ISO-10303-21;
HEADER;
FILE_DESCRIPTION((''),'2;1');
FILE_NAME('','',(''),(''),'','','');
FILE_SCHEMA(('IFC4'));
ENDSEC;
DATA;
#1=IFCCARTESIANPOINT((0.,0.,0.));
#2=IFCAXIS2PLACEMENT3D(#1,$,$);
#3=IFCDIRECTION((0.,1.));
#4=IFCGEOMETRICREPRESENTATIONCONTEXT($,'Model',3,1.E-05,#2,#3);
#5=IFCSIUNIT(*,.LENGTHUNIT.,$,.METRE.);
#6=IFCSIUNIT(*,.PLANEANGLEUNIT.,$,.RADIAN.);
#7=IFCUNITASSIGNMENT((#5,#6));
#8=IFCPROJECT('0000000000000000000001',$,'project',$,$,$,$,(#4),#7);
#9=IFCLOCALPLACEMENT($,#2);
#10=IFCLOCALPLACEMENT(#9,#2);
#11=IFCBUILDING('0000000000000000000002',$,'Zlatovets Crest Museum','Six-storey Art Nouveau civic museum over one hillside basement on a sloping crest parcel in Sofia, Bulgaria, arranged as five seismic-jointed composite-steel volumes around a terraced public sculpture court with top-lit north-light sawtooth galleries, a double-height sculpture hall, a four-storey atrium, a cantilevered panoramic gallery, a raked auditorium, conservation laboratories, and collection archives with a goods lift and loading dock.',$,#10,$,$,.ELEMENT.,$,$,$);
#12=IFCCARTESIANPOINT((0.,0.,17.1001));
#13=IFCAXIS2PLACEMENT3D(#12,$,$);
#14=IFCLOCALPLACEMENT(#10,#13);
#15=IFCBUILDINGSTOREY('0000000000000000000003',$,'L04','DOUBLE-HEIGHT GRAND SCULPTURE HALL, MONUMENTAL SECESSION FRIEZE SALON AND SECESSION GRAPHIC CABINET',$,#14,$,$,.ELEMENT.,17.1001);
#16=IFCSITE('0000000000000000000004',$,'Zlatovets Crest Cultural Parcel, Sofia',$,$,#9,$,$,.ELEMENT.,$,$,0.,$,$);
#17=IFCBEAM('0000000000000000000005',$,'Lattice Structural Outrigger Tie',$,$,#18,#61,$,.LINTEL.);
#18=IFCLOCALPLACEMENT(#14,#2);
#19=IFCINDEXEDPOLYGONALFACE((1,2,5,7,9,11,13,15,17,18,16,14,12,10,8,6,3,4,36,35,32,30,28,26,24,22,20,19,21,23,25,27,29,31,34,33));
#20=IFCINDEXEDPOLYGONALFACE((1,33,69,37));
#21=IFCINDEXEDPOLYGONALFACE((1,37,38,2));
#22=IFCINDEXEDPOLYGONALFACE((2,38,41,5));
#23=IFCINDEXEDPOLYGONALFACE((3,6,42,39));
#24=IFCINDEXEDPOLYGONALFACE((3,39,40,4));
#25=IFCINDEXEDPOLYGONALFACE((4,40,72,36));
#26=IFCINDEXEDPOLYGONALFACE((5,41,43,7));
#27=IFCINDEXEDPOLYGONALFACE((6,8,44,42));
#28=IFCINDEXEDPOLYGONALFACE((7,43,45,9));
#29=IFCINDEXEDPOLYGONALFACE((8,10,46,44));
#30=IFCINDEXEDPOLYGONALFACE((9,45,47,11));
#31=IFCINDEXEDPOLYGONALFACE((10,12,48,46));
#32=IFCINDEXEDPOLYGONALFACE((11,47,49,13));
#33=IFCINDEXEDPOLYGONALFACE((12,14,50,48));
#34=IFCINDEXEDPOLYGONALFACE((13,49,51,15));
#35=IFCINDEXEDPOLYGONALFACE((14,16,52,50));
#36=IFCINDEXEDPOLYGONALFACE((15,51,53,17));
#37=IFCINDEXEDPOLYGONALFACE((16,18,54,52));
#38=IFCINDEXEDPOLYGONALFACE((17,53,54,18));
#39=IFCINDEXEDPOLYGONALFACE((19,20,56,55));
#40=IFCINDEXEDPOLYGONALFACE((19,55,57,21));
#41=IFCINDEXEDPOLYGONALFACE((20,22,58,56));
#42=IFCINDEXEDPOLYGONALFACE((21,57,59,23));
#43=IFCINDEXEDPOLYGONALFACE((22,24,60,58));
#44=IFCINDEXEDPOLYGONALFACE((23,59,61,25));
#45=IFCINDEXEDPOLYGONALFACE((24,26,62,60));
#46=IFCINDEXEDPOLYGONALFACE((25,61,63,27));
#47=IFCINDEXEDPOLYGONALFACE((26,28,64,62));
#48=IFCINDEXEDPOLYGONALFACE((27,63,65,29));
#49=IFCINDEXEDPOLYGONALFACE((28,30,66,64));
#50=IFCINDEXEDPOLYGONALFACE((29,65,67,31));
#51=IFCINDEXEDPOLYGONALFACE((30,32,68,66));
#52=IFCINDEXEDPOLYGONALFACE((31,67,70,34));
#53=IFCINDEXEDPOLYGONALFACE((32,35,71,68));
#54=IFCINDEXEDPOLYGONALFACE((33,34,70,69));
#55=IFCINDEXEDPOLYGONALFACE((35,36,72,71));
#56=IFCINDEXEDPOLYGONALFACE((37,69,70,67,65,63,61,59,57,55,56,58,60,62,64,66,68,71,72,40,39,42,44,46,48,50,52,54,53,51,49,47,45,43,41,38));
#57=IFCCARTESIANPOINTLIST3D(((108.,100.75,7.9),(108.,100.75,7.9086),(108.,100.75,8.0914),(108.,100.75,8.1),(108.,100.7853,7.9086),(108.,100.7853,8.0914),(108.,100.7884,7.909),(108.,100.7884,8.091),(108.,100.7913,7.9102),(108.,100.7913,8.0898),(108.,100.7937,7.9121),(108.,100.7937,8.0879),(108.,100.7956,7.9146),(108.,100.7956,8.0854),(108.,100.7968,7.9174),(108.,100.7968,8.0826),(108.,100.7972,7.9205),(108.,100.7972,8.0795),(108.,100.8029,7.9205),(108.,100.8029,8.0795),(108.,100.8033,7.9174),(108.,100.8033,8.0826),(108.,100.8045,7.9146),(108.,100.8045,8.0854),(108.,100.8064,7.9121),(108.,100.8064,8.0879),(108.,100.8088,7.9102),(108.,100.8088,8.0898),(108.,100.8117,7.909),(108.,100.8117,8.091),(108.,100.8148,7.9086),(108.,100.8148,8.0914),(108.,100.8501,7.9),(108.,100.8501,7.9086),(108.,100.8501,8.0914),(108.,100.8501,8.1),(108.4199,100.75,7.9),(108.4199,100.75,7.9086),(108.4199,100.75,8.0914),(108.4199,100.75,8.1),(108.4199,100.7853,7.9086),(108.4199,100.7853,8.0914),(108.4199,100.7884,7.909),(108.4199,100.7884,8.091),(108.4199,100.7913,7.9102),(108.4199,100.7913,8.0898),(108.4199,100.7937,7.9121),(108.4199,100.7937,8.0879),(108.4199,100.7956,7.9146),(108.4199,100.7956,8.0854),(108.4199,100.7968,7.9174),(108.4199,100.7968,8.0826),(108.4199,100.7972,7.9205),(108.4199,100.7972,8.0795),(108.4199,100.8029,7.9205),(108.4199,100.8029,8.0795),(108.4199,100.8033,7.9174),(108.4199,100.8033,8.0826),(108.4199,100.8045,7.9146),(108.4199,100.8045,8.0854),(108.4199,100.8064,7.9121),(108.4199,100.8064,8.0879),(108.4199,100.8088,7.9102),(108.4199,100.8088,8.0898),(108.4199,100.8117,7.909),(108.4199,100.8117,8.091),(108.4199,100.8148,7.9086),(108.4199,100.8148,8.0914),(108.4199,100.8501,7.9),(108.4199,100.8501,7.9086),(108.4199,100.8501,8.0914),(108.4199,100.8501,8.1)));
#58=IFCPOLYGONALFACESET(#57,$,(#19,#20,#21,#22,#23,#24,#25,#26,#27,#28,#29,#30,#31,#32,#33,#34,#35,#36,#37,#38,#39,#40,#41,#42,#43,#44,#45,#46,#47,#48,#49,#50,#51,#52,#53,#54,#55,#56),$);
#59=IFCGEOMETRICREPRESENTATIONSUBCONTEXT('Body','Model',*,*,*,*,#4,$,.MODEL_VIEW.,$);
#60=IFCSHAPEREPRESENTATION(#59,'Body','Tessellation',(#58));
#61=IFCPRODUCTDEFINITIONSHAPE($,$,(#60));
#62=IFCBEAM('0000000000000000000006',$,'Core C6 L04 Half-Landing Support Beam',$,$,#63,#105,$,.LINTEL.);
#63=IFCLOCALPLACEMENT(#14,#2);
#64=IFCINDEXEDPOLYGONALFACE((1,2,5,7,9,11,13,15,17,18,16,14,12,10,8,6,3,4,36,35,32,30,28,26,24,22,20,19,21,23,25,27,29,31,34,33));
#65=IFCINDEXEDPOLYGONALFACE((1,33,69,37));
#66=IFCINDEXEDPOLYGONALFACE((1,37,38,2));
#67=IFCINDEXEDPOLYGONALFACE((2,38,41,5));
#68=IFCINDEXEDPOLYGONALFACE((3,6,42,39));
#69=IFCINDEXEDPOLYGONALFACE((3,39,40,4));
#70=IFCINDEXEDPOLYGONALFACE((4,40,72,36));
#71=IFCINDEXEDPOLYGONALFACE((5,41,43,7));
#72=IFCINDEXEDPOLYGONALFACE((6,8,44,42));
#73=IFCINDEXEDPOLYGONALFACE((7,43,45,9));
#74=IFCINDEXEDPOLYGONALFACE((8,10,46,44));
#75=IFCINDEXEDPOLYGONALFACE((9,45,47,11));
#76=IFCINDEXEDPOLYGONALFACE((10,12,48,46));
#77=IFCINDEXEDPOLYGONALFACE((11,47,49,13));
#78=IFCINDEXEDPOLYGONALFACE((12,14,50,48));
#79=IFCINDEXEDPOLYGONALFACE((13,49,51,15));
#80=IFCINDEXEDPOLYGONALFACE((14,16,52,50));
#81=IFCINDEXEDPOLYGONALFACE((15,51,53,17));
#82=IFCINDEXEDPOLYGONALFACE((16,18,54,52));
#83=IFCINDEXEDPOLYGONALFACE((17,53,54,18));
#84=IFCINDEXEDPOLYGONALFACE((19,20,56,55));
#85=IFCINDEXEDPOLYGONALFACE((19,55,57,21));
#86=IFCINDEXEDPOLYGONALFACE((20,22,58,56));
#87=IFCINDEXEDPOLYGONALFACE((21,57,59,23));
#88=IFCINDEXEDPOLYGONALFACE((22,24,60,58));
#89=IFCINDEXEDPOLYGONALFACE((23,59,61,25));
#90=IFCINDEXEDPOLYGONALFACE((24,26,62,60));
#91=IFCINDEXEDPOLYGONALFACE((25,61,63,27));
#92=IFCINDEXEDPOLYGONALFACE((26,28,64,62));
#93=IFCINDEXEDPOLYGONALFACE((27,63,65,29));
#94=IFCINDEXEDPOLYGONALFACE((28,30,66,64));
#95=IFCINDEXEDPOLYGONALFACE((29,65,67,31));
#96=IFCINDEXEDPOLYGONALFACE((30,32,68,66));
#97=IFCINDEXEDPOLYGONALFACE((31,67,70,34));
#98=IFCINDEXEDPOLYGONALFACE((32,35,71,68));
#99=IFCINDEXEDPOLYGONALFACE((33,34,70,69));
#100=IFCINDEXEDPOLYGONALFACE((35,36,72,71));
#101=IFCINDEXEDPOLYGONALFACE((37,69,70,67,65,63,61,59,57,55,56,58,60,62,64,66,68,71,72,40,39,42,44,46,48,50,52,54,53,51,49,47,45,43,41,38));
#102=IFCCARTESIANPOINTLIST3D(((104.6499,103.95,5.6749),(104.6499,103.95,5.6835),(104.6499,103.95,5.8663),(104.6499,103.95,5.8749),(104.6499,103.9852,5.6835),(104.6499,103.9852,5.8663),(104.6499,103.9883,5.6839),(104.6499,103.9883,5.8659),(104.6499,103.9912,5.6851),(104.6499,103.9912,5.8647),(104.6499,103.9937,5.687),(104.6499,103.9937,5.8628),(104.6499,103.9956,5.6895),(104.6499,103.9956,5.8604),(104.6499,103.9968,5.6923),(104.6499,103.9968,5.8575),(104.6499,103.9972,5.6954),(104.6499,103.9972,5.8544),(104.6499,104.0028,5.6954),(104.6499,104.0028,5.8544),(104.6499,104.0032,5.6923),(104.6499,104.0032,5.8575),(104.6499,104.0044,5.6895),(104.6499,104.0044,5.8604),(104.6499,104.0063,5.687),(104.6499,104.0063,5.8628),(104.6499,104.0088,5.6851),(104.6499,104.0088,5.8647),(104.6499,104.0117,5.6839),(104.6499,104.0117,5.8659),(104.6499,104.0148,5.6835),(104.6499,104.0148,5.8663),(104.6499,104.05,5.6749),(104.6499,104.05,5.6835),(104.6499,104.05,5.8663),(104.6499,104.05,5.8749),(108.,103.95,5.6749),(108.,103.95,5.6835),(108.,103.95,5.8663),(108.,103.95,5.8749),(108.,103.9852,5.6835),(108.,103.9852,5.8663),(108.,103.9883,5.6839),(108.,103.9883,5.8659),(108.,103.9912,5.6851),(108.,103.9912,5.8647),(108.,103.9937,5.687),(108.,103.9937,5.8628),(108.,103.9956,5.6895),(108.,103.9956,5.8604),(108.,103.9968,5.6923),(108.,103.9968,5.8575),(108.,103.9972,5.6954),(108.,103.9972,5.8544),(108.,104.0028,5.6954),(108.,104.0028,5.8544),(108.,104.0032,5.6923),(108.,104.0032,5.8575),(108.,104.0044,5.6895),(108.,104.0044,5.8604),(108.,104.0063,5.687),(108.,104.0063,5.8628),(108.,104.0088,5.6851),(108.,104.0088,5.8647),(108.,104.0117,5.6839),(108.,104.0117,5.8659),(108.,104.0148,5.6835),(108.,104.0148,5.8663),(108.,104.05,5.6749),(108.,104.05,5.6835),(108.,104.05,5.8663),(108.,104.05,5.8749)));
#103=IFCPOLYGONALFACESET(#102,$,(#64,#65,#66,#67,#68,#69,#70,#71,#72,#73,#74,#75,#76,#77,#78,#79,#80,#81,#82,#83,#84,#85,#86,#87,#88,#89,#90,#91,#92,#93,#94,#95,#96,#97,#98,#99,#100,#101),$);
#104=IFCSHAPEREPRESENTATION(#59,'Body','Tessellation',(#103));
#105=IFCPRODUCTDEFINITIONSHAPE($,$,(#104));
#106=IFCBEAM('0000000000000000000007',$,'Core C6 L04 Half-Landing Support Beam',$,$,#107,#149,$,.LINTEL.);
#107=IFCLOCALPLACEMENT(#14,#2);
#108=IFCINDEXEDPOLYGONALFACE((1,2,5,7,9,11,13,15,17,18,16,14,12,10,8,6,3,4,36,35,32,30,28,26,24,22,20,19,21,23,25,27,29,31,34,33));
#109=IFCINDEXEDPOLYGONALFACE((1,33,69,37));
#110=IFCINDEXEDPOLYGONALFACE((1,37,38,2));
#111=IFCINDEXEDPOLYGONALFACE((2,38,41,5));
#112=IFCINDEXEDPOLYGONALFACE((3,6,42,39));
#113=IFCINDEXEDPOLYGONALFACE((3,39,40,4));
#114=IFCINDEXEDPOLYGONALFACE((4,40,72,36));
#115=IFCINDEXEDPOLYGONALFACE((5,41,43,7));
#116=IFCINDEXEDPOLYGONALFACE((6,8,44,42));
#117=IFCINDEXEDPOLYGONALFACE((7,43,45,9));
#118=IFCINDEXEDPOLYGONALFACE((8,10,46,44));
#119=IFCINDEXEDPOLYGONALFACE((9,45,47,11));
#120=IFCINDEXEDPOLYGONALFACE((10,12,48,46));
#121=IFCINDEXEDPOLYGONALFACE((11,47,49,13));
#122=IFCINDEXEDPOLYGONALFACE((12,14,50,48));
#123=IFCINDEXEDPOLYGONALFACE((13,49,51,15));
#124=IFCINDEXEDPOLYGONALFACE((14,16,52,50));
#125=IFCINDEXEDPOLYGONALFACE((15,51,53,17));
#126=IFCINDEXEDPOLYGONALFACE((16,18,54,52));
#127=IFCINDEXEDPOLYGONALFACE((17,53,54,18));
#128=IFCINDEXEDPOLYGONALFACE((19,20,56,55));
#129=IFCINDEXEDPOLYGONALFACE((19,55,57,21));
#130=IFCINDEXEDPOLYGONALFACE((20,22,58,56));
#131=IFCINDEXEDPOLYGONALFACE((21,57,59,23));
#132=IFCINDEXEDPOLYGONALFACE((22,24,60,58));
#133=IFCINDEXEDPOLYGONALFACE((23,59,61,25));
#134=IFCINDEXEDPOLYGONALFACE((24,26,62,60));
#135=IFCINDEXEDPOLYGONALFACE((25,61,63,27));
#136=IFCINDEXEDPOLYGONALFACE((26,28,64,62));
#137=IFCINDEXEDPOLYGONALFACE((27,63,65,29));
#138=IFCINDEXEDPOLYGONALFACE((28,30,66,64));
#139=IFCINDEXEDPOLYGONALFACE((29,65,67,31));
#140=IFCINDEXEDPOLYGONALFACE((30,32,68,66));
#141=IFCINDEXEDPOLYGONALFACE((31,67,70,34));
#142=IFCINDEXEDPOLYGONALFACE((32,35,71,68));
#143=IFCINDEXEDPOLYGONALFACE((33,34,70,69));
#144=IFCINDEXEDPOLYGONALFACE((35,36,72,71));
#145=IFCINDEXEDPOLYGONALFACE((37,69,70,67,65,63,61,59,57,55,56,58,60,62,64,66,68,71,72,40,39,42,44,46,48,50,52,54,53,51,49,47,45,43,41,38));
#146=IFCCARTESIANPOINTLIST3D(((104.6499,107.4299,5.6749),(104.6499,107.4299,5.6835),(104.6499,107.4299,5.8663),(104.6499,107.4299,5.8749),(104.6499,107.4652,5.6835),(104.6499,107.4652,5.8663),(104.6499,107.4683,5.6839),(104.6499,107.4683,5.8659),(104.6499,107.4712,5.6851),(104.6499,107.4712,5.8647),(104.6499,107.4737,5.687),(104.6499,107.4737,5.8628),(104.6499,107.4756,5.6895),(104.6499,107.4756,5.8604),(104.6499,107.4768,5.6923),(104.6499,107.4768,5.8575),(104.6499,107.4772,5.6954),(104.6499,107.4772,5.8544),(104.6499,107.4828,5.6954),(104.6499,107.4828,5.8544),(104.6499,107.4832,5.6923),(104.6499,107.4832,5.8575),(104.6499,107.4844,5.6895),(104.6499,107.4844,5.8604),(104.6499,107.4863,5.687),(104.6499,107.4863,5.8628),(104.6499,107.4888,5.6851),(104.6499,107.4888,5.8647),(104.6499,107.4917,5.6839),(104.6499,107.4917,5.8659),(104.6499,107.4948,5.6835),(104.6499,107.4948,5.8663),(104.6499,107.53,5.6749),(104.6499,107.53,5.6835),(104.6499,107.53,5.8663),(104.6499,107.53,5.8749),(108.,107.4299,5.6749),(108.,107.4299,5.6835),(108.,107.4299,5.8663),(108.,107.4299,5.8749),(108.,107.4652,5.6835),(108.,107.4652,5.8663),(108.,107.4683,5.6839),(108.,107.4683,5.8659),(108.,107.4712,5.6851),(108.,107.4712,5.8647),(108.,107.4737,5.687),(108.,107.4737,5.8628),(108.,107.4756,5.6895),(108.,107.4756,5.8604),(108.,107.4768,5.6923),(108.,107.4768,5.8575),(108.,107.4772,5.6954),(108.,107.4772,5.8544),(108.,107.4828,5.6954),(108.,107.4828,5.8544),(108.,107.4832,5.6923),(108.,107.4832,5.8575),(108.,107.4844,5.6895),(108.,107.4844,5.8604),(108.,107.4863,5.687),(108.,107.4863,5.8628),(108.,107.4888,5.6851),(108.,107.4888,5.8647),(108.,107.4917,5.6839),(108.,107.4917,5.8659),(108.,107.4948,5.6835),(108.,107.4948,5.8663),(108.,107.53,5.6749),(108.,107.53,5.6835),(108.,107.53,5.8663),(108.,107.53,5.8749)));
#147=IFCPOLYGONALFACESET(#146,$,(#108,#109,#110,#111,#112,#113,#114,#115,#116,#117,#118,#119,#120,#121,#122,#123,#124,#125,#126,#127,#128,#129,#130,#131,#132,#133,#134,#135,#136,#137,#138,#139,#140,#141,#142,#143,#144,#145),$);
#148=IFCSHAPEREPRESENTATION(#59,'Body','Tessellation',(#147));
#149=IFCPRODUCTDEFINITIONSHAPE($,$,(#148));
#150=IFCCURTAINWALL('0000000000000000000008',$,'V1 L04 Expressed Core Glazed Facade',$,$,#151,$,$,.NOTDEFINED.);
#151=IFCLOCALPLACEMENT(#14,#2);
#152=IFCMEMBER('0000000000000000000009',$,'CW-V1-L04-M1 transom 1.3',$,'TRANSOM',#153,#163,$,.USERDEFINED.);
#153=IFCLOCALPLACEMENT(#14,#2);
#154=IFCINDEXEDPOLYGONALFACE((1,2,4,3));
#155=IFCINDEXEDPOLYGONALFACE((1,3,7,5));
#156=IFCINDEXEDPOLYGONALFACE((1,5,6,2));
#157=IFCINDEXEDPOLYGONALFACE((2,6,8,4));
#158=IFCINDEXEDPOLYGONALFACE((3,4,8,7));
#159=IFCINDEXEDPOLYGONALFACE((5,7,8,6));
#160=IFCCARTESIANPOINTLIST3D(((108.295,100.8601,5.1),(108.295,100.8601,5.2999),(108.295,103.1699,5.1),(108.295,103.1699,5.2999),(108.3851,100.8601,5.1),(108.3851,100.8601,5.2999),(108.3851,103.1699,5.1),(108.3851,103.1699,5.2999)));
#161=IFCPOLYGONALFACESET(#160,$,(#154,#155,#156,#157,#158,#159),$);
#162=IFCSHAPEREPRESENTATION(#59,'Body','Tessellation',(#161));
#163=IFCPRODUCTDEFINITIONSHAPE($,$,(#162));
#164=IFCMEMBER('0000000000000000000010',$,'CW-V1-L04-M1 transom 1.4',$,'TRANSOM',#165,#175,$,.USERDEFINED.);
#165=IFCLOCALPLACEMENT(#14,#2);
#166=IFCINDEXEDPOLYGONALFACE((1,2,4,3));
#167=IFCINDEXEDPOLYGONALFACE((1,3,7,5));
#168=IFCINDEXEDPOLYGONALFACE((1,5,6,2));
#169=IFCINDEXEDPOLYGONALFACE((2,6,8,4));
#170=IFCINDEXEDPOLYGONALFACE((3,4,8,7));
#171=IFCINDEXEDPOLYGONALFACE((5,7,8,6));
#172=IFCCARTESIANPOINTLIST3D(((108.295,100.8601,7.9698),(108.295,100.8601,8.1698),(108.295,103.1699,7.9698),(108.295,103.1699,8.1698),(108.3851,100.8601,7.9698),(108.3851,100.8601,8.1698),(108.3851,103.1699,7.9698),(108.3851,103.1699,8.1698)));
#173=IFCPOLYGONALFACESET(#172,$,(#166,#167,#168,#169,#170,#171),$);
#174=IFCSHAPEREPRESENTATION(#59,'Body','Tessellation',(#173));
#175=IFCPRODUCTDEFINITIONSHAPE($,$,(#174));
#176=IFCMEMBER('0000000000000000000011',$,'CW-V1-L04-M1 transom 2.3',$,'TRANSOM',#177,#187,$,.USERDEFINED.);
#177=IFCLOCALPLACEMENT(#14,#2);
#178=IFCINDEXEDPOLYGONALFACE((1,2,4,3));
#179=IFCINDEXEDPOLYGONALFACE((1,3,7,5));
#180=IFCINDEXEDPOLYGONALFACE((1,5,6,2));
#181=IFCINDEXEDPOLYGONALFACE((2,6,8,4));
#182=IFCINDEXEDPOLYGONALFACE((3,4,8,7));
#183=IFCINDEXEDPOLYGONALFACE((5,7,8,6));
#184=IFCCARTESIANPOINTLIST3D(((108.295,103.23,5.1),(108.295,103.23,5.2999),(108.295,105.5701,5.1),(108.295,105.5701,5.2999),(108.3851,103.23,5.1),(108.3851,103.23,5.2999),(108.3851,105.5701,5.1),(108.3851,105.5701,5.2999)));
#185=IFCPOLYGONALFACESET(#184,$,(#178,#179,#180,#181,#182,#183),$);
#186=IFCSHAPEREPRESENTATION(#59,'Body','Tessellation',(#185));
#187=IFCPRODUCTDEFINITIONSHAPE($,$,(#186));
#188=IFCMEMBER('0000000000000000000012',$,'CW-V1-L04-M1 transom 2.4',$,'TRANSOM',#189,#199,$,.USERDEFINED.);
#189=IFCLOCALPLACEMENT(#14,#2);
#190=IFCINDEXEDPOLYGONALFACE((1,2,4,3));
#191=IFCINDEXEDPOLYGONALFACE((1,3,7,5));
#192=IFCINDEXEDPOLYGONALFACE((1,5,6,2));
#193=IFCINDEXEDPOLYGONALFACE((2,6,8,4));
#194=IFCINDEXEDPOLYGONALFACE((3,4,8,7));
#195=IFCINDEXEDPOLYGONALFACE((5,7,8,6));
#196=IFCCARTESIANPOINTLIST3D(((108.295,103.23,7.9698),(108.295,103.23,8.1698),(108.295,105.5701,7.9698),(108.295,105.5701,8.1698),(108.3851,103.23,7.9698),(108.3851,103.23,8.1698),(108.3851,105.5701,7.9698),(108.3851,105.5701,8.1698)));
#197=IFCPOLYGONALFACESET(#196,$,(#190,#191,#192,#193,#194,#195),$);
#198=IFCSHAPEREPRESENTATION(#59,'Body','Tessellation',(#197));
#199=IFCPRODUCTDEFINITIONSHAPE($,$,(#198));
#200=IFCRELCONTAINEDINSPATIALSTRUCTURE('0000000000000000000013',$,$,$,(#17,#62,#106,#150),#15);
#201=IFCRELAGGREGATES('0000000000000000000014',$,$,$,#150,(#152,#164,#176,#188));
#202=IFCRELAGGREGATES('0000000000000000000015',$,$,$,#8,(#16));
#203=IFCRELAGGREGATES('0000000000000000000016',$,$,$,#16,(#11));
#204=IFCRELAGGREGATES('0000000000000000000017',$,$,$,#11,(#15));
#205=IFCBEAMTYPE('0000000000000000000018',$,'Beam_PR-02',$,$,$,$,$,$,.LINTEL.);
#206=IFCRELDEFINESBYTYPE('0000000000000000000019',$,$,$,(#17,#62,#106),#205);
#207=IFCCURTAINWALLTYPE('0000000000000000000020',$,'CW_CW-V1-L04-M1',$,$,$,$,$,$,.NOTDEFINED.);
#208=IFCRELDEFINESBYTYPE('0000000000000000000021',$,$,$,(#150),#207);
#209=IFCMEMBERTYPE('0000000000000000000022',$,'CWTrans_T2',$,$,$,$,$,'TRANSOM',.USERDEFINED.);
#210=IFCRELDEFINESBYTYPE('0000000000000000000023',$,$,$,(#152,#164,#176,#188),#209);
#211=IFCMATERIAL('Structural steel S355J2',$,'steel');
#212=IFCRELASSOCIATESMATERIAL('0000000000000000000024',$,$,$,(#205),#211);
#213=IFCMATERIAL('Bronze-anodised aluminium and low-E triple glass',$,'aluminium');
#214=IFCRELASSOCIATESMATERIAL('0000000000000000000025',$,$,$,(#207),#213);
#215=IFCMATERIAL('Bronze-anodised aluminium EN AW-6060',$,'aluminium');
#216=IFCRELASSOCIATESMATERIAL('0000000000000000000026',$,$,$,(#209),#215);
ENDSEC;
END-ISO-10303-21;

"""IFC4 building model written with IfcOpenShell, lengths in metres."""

from ifc_helpers import new_model, si_unit, direction, frame, origin, origin_2d, place, context, subcontext, project, spatial, rectangle, i_section, extrude, material, material_profile, profile_set, type_object, element, aggregate, save


model = new_model("IFC4")

# Units and contexts
model_context = context("Model", 3, precision=1e-05, world=origin(), true_north=direction((0.0, 1.0)))
body_context = subcontext(model_context, "Body", "Model", "MODEL_VIEW")
ifc_project = project(units=[si_unit("LENGTHUNIT", "METRE"), si_unit("PLANEANGLEUNIT", "RADIAN")], contexts=[model_context])

# Site, building, storey
site_placement = place(None, origin())
site = spatial("IfcSite", under=ifc_project, at=site_placement, Name="Zlatovets Crest Cultural Parcel, Sofia", CompositionType="ELEMENT", RefElevation=0.0)
building_placement = place(site_placement, origin())
building = spatial("IfcBuilding", under=site, at=building_placement, Name="Zlatovets Crest Museum", Description="Six-storey Art Nouveau civic museum over one hillside basement on a sloping crest parcel in Sofia, Bulgaria, arranged as five seismic-jointed composite-steel volumes around a terraced public sculpture court with top-lit north-light sawtooth galleries, a double-height sculpture hall, a four-storey atrium, a cantilevered panoramic gallery, a raked auditorium, conservation laboratories, and collection archives with a goods lift and loading dock.", CompositionType="ELEMENT")
storey_placement = place(building_placement, frame((0.0, 0.0, 17.1001)))
storey = spatial("IfcBuildingStorey", under=building, at=storey_placement, Name="L04", Description="DOUBLE-HEIGHT GRAND SCULPTURE HALL, MONUMENTAL SECESSION FRIEZE SALON AND SECESSION GRAPHIC CABINET", CompositionType="ELEMENT", Elevation=17.1001)

# Beams
ifc_material_1 = material(Name="Structural steel S355J2", Category="steel")
ifc_material_profile_1 = material_profile(ifc_material_1, i_section(OverallWidth=0.1001, OverallDepth=0.2, WebThickness=0.0056, FlangeThickness=0.0085, FilletRadius=0.012, at=origin_2d()), Name="IPE 200")
ifc_profile_set_1 = profile_set([ifc_material_profile_1], Name="Structural steel S355J2")
beam_type = type_object("IfcBeamType", Name="Beam_PR-02", PredefinedType="LINTEL", material=ifc_profile_set_1)
beam_placement = place(storey_placement, frame((108.0, 100.8, 8.0), z_axis=(1.0, 0.0, 0.0), x_axis=(0.0, 1.0, 0.0)))
element("IfcBeam", 1, at=beam_placement, inside=storey, type_object=beam_type, Name="Lattice Structural Outrigger Tie", PredefinedType="LINTEL", context=body_context, shape_type="SweptSolid", body=[
    extrude(i_section(OverallWidth=0.1001, OverallDepth=0.2, WebThickness=0.0056, FlangeThickness=0.0085, FilletRadius=0.012, at=origin_2d()), origin(), (0.0, 0.0, 1.0), 0.4199),
])
for number, where, z_axis, x_axis, name in (
    (2, (104.6499, 104.0, 5.7749), (1.0, 0.0, 0.0), (0.0, 1.0, 0.0), "Core C6 L04 Half-Landing Support Beam"),
    (3, (104.6499, 107.48, 5.7749), (1.0, 0.0, 0.0), (0.0, 1.0, 0.0), "Core C6 L04 Half-Landing Support Beam"),
):
    element("IfcBeam", number, at=place(storey_placement, frame(where, z_axis=z_axis, x_axis=x_axis)), inside=storey, type_object=beam_type, Name=name, PredefinedType="LINTEL", context=body_context, shape_type="SweptSolid", body=[
        extrude(i_section(OverallWidth=0.1001, OverallDepth=0.2, WebThickness=0.0056, FlangeThickness=0.0085, FilletRadius=0.012, at=origin_2d()), origin(), (0.0, 0.0, 1.0), 3.3501),
    ])

# Curtain wall, members
ifc_material_2 = material(Name="Bronze-anodised aluminium and low-E triple glass", Category="aluminium")
curtain_wall_type = type_object("IfcCurtainWallType", Name="CW_CW-V1-L04-M1", PredefinedType="NOTDEFINED", material=ifc_material_2)
curtain_wall_placement = place(storey_placement, origin())
curtain_wall = element("IfcCurtainWall", 4, at=curtain_wall_placement, inside=storey, type_object=curtain_wall_type, Name="V1 L04 Expressed Core Glazed Facade", PredefinedType="NOTDEFINED")
ifc_material_3 = material(Name="Bronze-anodised aluminium EN AW-6060", Category="aluminium")
ifc_material_profile_2 = material_profile(ifc_material_3, rectangle(XDim=0.0901, YDim=0.2, at=origin_2d()), Name="ALU 90x200")
ifc_profile_set_2 = profile_set([ifc_material_profile_2], Name="Bronze-anodised aluminium EN AW-6060")
member_type_1 = type_object("IfcMemberType", Name="CWTrans_T2", ElementType="TRANSOM", PredefinedType="USERDEFINED", material=ifc_profile_set_2)
member_1_placement = place(storey_placement, frame((108.3401, 100.8601, 5.2), z_axis=(0.0, 1.0, 0.0), x_axis=(-1.0, 0.0, 0.0)))
member_1 = element("IfcMember", 5, at=member_1_placement, type_object=member_type_1, Name="CW-V1-L04-M1 transom 1.3", ObjectType="TRANSOM", PredefinedType="USERDEFINED", context=body_context, shape_type="SweptSolid", body=[
    extrude(rectangle(XDim=0.0901, YDim=0.2, at=origin_2d()), origin(), (0.0, 0.0, 1.0), 2.3098),
])
member_2_placement = place(storey_placement, frame((108.3401, 100.8601, 8.0698), z_axis=(0.0, 1.0, 0.0), x_axis=(-1.0, 0.0, 0.0)))
member_2 = element("IfcMember", 6, at=member_2_placement, type_object=member_type_1, Name="CW-V1-L04-M1 transom 1.4", ObjectType="TRANSOM", PredefinedType="USERDEFINED", context=body_context, shape_type="SweptSolid", body=[
    extrude(rectangle(XDim=0.0901, YDim=0.2, at=origin_2d()), origin(), (0.0, 0.0, 1.0), 2.3098),
])
member_3_placement = place(storey_placement, frame((108.3401, 103.23, 5.2), z_axis=(0.0, 1.0, 0.0), x_axis=(-1.0, 0.0, 0.0)))
member_3 = element("IfcMember", 7, at=member_3_placement, type_object=member_type_1, Name="CW-V1-L04-M1 transom 2.3", ObjectType="TRANSOM", PredefinedType="USERDEFINED", context=body_context, shape_type="SweptSolid", body=[
    extrude(rectangle(XDim=0.0901, YDim=0.2, at=origin_2d()), origin(), (0.0, 0.0, 1.0), 2.3401),
])
member_4_placement = place(storey_placement, frame((108.3401, 103.23, 8.0698), z_axis=(0.0, 1.0, 0.0), x_axis=(-1.0, 0.0, 0.0)))
member_4 = element("IfcMember", 8, at=member_4_placement, type_object=member_type_1, Name="CW-V1-L04-M1 transom 2.4", ObjectType="TRANSOM", PredefinedType="USERDEFINED", context=body_context, shape_type="SweptSolid", body=[
    extrude(rectangle(XDim=0.0901, YDim=0.2, at=origin_2d()), origin(), (0.0, 0.0, 1.0), 2.3401),
])

aggregate(curtain_wall, [member_1, member_2, member_3, member_4])

save(model, "model.ifc")
